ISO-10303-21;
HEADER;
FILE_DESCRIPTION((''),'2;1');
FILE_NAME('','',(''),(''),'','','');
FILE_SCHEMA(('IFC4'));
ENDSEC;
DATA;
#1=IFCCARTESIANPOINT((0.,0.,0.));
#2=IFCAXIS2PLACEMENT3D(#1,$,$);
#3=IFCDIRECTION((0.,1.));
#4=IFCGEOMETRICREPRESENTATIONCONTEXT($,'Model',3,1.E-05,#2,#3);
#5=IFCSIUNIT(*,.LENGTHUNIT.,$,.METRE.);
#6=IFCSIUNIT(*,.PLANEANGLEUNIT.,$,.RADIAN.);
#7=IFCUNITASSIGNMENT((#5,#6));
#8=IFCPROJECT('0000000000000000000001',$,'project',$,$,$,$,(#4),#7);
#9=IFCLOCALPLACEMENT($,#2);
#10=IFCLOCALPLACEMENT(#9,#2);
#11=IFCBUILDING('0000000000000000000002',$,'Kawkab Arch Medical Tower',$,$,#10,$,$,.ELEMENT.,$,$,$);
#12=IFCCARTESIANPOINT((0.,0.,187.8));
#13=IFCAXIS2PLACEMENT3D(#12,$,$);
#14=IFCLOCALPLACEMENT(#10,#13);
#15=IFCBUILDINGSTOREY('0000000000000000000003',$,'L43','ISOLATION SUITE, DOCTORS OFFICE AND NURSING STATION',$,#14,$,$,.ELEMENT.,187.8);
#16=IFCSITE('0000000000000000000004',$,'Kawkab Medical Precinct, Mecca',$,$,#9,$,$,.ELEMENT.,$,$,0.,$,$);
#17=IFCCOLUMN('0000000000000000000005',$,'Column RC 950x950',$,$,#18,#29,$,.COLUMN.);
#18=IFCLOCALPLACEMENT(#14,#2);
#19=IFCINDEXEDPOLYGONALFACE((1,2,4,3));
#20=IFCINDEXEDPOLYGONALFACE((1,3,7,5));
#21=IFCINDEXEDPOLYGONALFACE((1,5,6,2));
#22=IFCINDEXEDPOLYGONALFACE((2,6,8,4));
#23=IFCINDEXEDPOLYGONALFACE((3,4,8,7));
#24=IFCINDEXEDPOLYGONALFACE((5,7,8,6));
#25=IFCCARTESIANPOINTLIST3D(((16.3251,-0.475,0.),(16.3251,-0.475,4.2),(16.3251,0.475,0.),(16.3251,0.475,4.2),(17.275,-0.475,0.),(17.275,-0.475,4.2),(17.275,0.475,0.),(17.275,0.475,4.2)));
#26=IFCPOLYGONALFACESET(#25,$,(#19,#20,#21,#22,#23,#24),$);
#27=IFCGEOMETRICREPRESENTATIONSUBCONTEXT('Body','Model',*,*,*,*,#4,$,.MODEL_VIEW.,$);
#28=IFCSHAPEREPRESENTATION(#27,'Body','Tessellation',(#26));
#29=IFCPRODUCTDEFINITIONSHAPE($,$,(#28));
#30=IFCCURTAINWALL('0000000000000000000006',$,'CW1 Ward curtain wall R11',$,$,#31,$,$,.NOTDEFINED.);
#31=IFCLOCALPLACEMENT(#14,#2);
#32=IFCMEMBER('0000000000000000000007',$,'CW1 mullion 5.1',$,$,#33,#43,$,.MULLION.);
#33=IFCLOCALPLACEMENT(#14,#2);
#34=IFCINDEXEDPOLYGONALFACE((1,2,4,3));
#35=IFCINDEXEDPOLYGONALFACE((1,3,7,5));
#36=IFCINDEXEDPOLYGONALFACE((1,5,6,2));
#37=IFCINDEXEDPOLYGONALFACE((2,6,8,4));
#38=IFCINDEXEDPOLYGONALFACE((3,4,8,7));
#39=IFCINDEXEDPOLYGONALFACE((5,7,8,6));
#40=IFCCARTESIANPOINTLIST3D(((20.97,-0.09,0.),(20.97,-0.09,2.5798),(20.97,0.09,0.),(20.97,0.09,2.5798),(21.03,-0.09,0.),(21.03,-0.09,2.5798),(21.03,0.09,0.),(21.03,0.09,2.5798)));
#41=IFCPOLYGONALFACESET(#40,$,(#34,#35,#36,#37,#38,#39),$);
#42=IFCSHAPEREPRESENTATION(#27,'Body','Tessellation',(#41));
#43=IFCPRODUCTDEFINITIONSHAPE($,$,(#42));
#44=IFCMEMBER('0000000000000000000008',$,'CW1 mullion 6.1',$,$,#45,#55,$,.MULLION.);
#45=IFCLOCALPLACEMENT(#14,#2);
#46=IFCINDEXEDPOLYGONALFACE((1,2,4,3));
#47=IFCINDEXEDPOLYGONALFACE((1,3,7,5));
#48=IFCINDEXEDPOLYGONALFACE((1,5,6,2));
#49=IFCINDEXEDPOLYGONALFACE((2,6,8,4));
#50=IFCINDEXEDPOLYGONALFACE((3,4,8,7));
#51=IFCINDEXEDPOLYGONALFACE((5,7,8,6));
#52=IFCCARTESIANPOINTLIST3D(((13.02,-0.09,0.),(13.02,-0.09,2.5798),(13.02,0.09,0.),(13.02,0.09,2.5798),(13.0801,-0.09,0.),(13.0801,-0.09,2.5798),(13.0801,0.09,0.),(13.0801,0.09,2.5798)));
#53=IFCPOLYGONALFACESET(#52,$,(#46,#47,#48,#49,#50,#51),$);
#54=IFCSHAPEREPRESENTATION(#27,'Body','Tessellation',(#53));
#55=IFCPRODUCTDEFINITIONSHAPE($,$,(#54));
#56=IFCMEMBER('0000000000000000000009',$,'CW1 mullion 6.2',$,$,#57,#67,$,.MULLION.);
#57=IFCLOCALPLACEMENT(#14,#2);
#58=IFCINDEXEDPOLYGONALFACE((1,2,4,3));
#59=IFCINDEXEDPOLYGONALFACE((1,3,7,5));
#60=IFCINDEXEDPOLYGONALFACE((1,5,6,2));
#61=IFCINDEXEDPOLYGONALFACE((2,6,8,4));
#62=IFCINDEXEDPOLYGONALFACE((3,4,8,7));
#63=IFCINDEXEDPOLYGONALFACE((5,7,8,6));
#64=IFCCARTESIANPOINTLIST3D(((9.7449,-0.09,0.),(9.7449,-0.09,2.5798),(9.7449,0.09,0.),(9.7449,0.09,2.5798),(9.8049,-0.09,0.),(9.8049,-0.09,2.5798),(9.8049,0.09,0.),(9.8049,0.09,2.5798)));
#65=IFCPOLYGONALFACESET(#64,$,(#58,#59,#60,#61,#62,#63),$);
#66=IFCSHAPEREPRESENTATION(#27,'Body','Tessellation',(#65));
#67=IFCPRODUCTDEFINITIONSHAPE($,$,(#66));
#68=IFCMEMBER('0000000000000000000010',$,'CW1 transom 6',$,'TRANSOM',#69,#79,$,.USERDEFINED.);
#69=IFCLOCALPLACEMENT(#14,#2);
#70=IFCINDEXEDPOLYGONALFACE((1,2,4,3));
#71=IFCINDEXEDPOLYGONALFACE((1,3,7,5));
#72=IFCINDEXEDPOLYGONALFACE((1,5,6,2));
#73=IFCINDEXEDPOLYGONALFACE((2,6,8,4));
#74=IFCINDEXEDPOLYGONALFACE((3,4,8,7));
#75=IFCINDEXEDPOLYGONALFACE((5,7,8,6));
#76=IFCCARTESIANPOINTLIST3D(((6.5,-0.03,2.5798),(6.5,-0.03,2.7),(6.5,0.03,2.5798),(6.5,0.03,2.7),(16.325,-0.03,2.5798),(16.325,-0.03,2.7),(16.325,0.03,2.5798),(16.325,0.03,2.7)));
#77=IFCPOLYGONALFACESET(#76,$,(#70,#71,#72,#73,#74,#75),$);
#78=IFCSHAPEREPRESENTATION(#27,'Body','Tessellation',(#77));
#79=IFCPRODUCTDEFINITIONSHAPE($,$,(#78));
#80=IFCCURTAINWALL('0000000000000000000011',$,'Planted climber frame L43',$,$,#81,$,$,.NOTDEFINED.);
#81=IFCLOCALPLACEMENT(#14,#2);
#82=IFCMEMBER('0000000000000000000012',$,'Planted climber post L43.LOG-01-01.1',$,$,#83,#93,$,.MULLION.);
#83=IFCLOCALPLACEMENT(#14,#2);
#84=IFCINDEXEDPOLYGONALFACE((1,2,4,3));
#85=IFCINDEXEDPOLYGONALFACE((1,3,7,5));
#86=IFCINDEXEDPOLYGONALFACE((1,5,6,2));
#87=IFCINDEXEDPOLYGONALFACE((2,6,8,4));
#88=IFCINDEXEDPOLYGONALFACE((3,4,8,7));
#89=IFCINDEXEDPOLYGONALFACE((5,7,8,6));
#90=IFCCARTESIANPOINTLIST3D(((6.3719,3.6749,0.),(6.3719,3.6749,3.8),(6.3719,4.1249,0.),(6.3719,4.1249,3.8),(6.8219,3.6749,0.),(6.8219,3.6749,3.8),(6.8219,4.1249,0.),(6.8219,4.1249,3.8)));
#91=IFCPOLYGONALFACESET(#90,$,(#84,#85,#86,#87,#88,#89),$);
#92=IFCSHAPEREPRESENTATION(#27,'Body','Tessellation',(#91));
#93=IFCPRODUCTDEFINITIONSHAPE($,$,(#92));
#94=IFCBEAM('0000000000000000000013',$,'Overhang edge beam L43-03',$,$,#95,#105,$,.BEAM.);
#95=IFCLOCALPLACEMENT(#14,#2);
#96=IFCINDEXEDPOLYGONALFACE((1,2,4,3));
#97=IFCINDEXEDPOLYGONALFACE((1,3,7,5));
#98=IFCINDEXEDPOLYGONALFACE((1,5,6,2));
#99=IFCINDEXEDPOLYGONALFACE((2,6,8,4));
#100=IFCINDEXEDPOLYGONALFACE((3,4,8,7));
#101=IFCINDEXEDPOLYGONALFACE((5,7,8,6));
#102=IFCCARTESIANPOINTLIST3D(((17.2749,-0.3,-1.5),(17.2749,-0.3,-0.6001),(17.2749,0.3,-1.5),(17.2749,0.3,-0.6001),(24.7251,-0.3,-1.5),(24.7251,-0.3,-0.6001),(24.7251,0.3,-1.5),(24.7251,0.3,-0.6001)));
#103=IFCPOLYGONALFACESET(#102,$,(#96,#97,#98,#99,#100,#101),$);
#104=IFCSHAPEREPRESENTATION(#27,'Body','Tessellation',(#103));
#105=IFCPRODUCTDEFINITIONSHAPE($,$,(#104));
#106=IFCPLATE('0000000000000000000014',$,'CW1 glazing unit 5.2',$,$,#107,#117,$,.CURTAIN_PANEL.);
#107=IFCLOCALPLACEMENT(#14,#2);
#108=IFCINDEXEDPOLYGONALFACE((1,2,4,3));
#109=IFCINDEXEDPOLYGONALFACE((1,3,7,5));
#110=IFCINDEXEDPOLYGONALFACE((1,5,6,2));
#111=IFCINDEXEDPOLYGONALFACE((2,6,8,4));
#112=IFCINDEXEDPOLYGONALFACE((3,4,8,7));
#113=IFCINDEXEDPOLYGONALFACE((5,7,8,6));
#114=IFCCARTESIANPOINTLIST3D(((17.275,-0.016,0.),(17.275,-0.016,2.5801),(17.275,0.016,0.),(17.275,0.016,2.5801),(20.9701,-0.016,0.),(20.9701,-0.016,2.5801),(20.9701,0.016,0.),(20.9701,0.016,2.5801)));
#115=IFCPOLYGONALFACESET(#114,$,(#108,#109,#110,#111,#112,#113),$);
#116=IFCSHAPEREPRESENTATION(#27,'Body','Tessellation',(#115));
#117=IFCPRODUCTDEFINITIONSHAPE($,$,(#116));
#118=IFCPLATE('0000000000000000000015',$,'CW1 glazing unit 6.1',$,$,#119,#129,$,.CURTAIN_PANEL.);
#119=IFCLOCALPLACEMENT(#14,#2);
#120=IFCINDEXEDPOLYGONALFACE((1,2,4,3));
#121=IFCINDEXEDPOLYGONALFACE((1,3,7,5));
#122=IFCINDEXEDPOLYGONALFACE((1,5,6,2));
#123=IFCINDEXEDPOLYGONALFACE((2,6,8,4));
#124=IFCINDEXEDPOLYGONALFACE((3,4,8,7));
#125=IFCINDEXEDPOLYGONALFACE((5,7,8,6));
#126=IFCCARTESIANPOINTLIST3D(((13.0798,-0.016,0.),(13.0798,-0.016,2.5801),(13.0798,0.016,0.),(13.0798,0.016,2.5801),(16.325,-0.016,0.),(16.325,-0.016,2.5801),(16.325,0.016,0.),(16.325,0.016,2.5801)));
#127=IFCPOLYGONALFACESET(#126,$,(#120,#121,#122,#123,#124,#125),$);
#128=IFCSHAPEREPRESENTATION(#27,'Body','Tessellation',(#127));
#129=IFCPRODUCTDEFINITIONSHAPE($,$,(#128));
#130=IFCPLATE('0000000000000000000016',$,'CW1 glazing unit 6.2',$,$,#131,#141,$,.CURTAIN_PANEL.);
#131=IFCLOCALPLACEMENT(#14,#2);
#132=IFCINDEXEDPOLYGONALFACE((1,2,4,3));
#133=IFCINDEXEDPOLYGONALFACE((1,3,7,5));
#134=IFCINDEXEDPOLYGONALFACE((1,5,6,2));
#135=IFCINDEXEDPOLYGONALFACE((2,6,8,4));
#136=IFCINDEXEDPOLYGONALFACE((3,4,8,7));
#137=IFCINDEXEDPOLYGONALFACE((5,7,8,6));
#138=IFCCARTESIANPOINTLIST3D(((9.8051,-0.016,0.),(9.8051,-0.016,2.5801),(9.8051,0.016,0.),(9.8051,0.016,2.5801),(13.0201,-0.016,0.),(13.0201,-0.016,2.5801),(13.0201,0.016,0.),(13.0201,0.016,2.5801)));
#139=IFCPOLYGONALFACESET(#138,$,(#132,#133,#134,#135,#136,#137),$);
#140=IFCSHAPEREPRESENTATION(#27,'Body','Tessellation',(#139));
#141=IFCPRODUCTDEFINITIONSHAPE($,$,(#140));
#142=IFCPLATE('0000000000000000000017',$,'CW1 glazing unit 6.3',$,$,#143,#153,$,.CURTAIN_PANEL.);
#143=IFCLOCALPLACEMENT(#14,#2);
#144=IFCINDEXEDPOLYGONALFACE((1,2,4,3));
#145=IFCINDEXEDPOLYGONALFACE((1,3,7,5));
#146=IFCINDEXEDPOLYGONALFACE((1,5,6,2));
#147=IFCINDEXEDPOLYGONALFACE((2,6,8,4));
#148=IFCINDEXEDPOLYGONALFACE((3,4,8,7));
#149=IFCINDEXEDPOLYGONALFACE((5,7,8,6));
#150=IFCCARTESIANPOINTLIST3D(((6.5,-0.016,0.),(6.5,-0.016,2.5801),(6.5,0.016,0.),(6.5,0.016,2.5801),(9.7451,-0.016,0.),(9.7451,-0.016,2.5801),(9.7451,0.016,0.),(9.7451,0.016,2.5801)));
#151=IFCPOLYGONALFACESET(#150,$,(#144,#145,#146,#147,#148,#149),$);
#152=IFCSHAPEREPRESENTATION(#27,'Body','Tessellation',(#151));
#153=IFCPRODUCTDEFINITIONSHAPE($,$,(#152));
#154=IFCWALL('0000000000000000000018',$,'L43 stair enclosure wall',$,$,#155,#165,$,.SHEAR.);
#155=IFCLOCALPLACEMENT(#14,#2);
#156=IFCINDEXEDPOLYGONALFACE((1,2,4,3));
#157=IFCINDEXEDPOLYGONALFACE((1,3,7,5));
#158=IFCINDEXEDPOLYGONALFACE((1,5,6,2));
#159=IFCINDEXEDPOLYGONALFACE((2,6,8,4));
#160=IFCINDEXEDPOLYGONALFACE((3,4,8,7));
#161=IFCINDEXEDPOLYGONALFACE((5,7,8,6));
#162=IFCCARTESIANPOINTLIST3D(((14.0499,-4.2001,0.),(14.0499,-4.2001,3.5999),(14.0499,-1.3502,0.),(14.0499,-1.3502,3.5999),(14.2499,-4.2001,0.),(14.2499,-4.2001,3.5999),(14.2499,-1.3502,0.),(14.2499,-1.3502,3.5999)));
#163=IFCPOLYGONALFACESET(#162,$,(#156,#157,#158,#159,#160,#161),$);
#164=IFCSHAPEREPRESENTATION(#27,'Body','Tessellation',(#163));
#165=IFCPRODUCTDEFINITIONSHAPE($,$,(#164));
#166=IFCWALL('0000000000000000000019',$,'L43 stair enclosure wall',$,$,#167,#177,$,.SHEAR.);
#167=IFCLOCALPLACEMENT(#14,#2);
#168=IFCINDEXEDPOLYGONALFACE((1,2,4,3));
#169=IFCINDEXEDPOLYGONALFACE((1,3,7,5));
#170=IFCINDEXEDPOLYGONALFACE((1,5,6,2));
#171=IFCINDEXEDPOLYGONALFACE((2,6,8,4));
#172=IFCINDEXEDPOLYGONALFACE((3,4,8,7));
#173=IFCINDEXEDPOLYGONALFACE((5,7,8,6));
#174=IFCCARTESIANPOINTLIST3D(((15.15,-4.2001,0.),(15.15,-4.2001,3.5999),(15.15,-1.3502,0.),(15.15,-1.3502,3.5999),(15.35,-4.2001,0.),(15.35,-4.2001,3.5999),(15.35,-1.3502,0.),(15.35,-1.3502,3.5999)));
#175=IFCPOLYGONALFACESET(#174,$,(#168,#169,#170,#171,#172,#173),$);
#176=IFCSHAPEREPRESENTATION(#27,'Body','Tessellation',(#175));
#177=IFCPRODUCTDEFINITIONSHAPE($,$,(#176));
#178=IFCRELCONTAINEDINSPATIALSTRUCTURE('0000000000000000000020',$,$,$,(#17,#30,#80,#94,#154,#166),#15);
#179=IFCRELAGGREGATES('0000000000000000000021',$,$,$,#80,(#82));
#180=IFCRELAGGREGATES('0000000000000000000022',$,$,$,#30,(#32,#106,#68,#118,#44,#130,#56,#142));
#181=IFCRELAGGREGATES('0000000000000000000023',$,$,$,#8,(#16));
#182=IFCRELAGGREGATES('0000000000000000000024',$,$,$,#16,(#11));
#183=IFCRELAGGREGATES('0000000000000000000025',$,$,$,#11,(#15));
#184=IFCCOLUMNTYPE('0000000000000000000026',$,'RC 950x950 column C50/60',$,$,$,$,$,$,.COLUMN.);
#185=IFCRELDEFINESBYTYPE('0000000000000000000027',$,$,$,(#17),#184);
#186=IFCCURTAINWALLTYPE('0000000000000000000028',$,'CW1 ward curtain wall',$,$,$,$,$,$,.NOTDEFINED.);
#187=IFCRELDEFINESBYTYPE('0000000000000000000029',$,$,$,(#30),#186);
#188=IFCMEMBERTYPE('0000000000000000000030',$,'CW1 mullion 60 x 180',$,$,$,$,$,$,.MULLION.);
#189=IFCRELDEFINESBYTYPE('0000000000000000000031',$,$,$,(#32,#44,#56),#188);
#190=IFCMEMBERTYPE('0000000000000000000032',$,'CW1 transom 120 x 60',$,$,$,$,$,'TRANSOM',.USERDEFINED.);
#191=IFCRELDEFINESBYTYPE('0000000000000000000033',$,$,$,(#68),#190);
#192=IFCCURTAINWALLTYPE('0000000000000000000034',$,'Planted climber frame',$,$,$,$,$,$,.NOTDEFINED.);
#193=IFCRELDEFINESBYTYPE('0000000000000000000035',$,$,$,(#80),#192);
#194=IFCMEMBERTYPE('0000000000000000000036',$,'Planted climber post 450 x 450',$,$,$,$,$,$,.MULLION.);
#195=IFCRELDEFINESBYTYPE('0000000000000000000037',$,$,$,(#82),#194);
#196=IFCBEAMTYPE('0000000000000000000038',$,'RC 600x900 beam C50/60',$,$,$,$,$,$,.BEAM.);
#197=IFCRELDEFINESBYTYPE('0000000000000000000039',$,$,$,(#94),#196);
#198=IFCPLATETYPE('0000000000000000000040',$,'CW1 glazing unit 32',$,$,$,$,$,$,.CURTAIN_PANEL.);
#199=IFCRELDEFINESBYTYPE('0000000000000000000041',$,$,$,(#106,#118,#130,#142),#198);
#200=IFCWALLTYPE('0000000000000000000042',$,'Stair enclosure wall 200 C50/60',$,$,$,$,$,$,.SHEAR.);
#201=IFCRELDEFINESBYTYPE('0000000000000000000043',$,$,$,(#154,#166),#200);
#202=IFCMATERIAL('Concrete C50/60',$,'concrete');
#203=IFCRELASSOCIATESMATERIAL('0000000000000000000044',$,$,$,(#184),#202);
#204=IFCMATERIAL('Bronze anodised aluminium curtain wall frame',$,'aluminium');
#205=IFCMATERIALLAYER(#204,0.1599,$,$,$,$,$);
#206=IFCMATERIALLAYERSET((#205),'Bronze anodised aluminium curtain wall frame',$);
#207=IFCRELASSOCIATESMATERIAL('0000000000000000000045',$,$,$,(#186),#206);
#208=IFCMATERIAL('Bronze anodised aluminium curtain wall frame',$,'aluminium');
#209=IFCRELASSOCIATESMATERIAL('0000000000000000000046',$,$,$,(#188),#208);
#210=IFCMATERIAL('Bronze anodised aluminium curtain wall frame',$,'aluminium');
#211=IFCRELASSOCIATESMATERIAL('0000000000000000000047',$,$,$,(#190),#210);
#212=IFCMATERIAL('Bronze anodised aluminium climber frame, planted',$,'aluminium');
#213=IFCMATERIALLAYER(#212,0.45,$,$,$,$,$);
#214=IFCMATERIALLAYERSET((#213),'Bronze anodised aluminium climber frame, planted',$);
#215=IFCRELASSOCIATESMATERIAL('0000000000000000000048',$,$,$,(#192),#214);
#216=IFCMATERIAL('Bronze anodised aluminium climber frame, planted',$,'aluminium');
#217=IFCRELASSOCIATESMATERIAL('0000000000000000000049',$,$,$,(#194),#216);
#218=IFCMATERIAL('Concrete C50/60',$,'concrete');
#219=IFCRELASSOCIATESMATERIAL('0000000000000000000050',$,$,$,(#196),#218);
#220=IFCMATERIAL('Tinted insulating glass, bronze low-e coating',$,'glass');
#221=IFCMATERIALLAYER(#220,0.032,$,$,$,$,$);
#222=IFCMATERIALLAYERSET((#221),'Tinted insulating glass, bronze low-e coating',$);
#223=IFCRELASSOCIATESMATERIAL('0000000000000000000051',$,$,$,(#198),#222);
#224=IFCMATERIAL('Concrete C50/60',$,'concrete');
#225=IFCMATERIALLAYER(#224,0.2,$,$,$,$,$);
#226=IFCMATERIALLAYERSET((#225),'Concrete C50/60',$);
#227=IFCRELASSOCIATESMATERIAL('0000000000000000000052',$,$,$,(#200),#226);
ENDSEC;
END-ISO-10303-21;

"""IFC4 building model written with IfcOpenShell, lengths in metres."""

from ifc_helpers import new_model, si_unit, direction, frame, frame_2d, origin, origin_2d, place, context, subcontext, project, spatial, rectangle, extrude, material, layer, layer_set, material_profile, profile_set, type_object, element, aggregate, save


model = new_model("IFC4")

# Units and contexts
model_context = context("Model", 3, precision=1e-05, world=origin(), true_north=direction((0.0, 1.0)))
body_context = subcontext(model_context, "Body", "Model", "MODEL_VIEW")
ifc_project = project(units=[si_unit("LENGTHUNIT", "METRE"), si_unit("PLANEANGLEUNIT", "RADIAN")], contexts=[model_context])

# Site, building, storey
site_placement = place(None, origin())
site = spatial("IfcSite", under=ifc_project, at=site_placement, Name="Kawkab Medical Precinct, Mecca", CompositionType="ELEMENT", RefElevation=0.0)
building_placement = place(site_placement, origin())
building = spatial("IfcBuilding", under=site, at=building_placement, Name="Kawkab Arch Medical Tower", CompositionType="ELEMENT")
storey_placement = place(building_placement, frame((0.0, 0.0, 187.8)))
storey = spatial("IfcBuildingStorey", under=building, at=storey_placement, Name="L43", Description="ISOLATION SUITE, DOCTORS OFFICE AND NURSING STATION", CompositionType="ELEMENT", Elevation=187.8)

# Column
ifc_material_1 = material(Name="Concrete C50/60", Category="concrete")
ifc_material_profile_1 = material_profile(ifc_material_1, rectangle(XDim=0.95, YDim=0.95, at=origin_2d()), Name="RC 950x950")
ifc_profile_set_1 = profile_set([ifc_material_profile_1], Name="Concrete C50/60")
column_type = type_object("IfcColumnType", Name="RC 950x950 column C50/60", PredefinedType="COLUMN", material=ifc_profile_set_1)
column_placement = place(storey_placement, frame((16.8, 0.0, 0.0), z_axis=(0.0, 0.0, 1.0), x_axis=(1.0, 0.0, 0.0)))
element("IfcColumn", 1, at=column_placement, inside=storey, type_object=column_type, Name="Column RC 950x950", PredefinedType="COLUMN", context=body_context, shape_type="SweptSolid", body=[
    extrude(rectangle(XDim=0.95, YDim=0.95, at=origin_2d()), origin(), (0.0, 0.0, 1.0), 4.2),
])

# Curtain wall, members
ifc_material_2 = material(Name="Bronze anodised aluminium curtain wall frame", Category="aluminium")
ifc_layer_1 = layer(ifc_material_2, 0.1599)
ifc_layer_set_1 = layer_set([ifc_layer_1], Name="Bronze anodised aluminium curtain wall frame")
curtain_wall_type_1 = type_object("IfcCurtainWallType", Name="CW1 ward curtain wall", PredefinedType="NOTDEFINED", material=ifc_layer_set_1)
placement = place(storey_placement, origin())
curtain_wall_1 = element("IfcCurtainWall", 2, at=placement, inside=storey, type_object=curtain_wall_type_1, Name="CW1 Ward curtain wall R11", PredefinedType="NOTDEFINED")
ifc_material_3 = material(Name="Bronze anodised aluminium curtain wall frame", Category="aluminium")
ifc_material_profile_2 = material_profile(ifc_material_3, rectangle(XDim=0.1799, YDim=0.0601, at=origin_2d()), Name="AL 60x180")
ifc_profile_set_2 = profile_set([ifc_material_profile_2], Name="Bronze anodised aluminium curtain wall frame")
member_type_1 = type_object("IfcMemberType", Name="CW1 mullion 60 x 180", PredefinedType="MULLION", material=ifc_profile_set_2)
member_1_placement = place(storey_placement, frame((21.0, 0.0, 0.0), z_axis=(0.0, 0.0, 1.0), x_axis=(0.0, -1.0, 0.0)))
member_1 = element("IfcMember", 3, at=member_1_placement, type_object=member_type_1, Name="CW1 mullion 5.1", PredefinedType="MULLION", context=body_context, shape_type="SweptSolid", body=[
    extrude(rectangle(XDim=0.1799, YDim=0.0601, at=origin_2d()), origin(), (0.0, 0.0, 1.0), 2.5798),
])
member_2_placement = place(storey_placement, frame((13.05, 0.0, 0.0), z_axis=(0.0, 0.0, 1.0), x_axis=(0.0, -1.0, 0.0)))
member_2 = element("IfcMember", 4, at=member_2_placement, type_object=member_type_1, Name="CW1 mullion 6.1", PredefinedType="MULLION", context=body_context, shape_type="SweptSolid", body=[
    extrude(rectangle(XDim=0.1799, YDim=0.0601, at=origin_2d()), origin(), (0.0, 0.0, 1.0), 2.5798),
])
member_3_placement = place(storey_placement, frame((9.7749, 0.0, 0.0), z_axis=(0.0, 0.0, 1.0), x_axis=(0.0, -1.0, 0.0)))
member_3 = element("IfcMember", 5, at=member_3_placement, type_object=member_type_1, Name="CW1 mullion 6.2", PredefinedType="MULLION", context=body_context, shape_type="SweptSolid", body=[
    extrude(rectangle(XDim=0.1799, YDim=0.0601, at=origin_2d()), origin(), (0.0, 0.0, 1.0), 2.5798),
])
ifc_material_4 = material(Name="Bronze anodised aluminium curtain wall frame", Category="aluminium")
ifc_material_profile_3 = material_profile(ifc_material_4, rectangle(XDim=0.0601, YDim=0.1201, at=origin_2d()), Name="AL 60x120")
ifc_profile_set_3 = profile_set([ifc_material_profile_3], Name="Bronze anodised aluminium curtain wall frame")
member_type_2 = type_object("IfcMemberType", Name="CW1 transom 120 x 60", ElementType="TRANSOM", PredefinedType="USERDEFINED", material=ifc_profile_set_3)
member_4_placement = place(storey_placement, frame((16.325, 0.0, 2.6399), z_axis=(-1.0, 0.0, 0.0), x_axis=(0.0, -1.0, 0.0)))
member_4 = element("IfcMember", 6, at=member_4_placement, type_object=member_type_2, Name="CW1 transom 6", ObjectType="TRANSOM", PredefinedType="USERDEFINED", context=body_context, shape_type="SweptSolid", body=[
    extrude(rectangle(XDim=0.0601, YDim=0.1201, at=origin_2d()), origin(), (0.0, 0.0, 1.0), 9.825),
])

# Curtain wall, member
ifc_material_5 = material(Name="Bronze anodised aluminium climber frame, planted", Category="aluminium")
ifc_layer_2 = layer(ifc_material_5, 0.45)
ifc_layer_set_2 = layer_set([ifc_layer_2], Name="Bronze anodised aluminium climber frame, planted")
curtain_wall_type_2 = type_object("IfcCurtainWallType", Name="Planted climber frame", PredefinedType="NOTDEFINED", material=ifc_layer_set_2)
curtain_wall_2 = element("IfcCurtainWall", 7, at=placement, inside=storey, type_object=curtain_wall_type_2, Name="Planted climber frame L43", PredefinedType="NOTDEFINED")
ifc_material_6 = material(Name="Bronze anodised aluminium climber frame, planted", Category="aluminium")
ifc_material_profile_4 = material_profile(ifc_material_6, rectangle(XDim=0.45, YDim=0.45, at=origin_2d()), Name="Post 450x450")
ifc_profile_set_4 = profile_set([ifc_material_profile_4], Name="Bronze anodised aluminium climber frame, planted")
member_type_3 = type_object("IfcMemberType", Name="Planted climber post 450 x 450", PredefinedType="MULLION", material=ifc_profile_set_4)
member_5_placement = place(storey_placement, frame((6.5969, 3.8999, 0.0), z_axis=(0.0, 0.0, 1.0), x_axis=(1.0, 0.0, 0.0)))
member_5 = element("IfcMember", 8, at=member_5_placement, type_object=member_type_3, Name="Planted climber post L43.LOG-01-01.1", PredefinedType="MULLION", context=body_context, shape_type="SweptSolid", body=[
    extrude(rectangle(XDim=0.45, YDim=0.45, at=origin_2d()), origin(), (0.0, 0.0, 1.0), 3.8),
])
aggregate(curtain_wall_2, [member_5])

# Beam
ifc_material_7 = material(Name="Concrete C50/60", Category="concrete")
ifc_material_profile_5 = material_profile(ifc_material_7, rectangle(XDim=0.6001, YDim=0.8999, at=origin_2d()), Name="RC 600x900")
ifc_profile_set_5 = profile_set([ifc_material_profile_5], Name="Concrete C50/60")
beam_type = type_object("IfcBeamType", Name="RC 600x900 beam C50/60", PredefinedType="BEAM", material=ifc_profile_set_5)
beam_placement = place(storey_placement, frame((17.2749, 0.0, -1.05), z_axis=(1.0, 0.0, 0.0), x_axis=(0.0, 1.0, 0.0)))
element("IfcBeam", 9, at=beam_placement, inside=storey, type_object=beam_type, Name="Overhang edge beam L43-03", PredefinedType="BEAM", context=body_context, shape_type="SweptSolid", body=[
    extrude(rectangle(XDim=0.6001, YDim=0.8999, at=origin_2d()), origin(), (0.0, 0.0, 1.0), 7.4502),
])

# Plates
ifc_material_8 = material(Name="Tinted insulating glass, bronze low-e coating", Category="glass")
ifc_layer_3 = layer(ifc_material_8, 0.032)
ifc_layer_set_3 = layer_set([ifc_layer_3], Name="Tinted insulating glass, bronze low-e coating")
plate_type = type_object("IfcPlateType", Name="CW1 glazing unit 32", PredefinedType="CURTAIN_PANEL", material=ifc_layer_set_3)
plate_1_placement = place(storey_placement, frame((19.1226, 0.0, 0.0), z_axis=(0.0, 0.0, 1.0), x_axis=(-1.0, 0.0, 0.0)))
plate_1 = element("IfcPlate", 10, at=plate_1_placement, type_object=plate_type, Name="CW1 glazing unit 5.2", PredefinedType="CURTAIN_PANEL", context=body_context, shape_type="SweptSolid", body=[
    extrude(rectangle(XDim=3.6951, YDim=0.032, at=origin_2d()), origin(), (0.0, 0.0, 1.0), 2.5801),
])
plate_2_placement = place(storey_placement, frame((14.7024, 0.0, 0.0), z_axis=(0.0, 0.0, 1.0), x_axis=(-1.0, 0.0, 0.0)))
plate_2 = element("IfcPlate", 11, at=plate_2_placement, type_object=plate_type, Name="CW1 glazing unit 6.1", PredefinedType="CURTAIN_PANEL", context=body_context, shape_type="SweptSolid", body=[
    extrude(rectangle(XDim=3.2451, YDim=0.032, at=origin_2d()), origin(), (0.0, 0.0, 1.0), 2.5801),
])
plate_3_placement = place(storey_placement, frame((11.4126, 0.0, 0.0), z_axis=(0.0, 0.0, 1.0), x_axis=(-1.0, 0.0, 0.0)))
plate_3 = element("IfcPlate", 12, at=plate_3_placement, type_object=plate_type, Name="CW1 glazing unit 6.2", PredefinedType="CURTAIN_PANEL", context=body_context, shape_type="SweptSolid", body=[
    extrude(rectangle(XDim=3.2151, YDim=0.032, at=origin_2d()), origin(), (0.0, 0.0, 1.0), 2.5801),
])
plate_4_placement = place(storey_placement, frame((8.1226, 0.0, 0.0), z_axis=(0.0, 0.0, 1.0), x_axis=(-1.0, 0.0, 0.0)))
plate_4 = element("IfcPlate", 13, at=plate_4_placement, type_object=plate_type, Name="CW1 glazing unit 6.3", PredefinedType="CURTAIN_PANEL", context=body_context, shape_type="SweptSolid", body=[
    extrude(rectangle(XDim=3.2451, YDim=0.032, at=origin_2d()), origin(), (0.0, 0.0, 1.0), 2.5801),
])
aggregate(curtain_wall_1, [member_1, plate_1, member_4, plate_2, member_2, plate_3, member_3, plate_4])

# Walls
ifc_material_9 = material(Name="Concrete C50/60", Category="concrete")
ifc_layer_4 = layer(ifc_material_9, 0.2)
ifc_layer_set_4 = layer_set([ifc_layer_4], Name="Concrete C50/60")
wall_type_1 = type_object("IfcWallType", Name="Stair enclosure wall 200 C50/60", PredefinedType="SHEAR", material=ifc_layer_set_4)
for number, where, z_axis, x_axis, name in (
    (14, (14.1499, -4.2, 0.0), (0.0, 0.0, 1.0), (0.0, 1.0, 0.0), "L43 stair enclosure wall"),
    (15, (15.25, -4.2, 0.0), (0.0, 0.0, 1.0), (0.0, 1.0, 0.0), "L43 stair enclosure wall"),
):
    element("IfcWall", number, at=place(storey_placement, frame(where, z_axis=z_axis, x_axis=x_axis)), inside=storey, type_object=wall_type_1, Name=name, PredefinedType="SHEAR", context=body_context, shape_type="SweptSolid", body=[
        extrude(rectangle(XDim=2.8499, YDim=0.2, at=frame_2d((1.4248, 0.0))), origin(), (0.0, 0.0, 1.0), 3.5999),
    ])

save(model, "model.ifc")
